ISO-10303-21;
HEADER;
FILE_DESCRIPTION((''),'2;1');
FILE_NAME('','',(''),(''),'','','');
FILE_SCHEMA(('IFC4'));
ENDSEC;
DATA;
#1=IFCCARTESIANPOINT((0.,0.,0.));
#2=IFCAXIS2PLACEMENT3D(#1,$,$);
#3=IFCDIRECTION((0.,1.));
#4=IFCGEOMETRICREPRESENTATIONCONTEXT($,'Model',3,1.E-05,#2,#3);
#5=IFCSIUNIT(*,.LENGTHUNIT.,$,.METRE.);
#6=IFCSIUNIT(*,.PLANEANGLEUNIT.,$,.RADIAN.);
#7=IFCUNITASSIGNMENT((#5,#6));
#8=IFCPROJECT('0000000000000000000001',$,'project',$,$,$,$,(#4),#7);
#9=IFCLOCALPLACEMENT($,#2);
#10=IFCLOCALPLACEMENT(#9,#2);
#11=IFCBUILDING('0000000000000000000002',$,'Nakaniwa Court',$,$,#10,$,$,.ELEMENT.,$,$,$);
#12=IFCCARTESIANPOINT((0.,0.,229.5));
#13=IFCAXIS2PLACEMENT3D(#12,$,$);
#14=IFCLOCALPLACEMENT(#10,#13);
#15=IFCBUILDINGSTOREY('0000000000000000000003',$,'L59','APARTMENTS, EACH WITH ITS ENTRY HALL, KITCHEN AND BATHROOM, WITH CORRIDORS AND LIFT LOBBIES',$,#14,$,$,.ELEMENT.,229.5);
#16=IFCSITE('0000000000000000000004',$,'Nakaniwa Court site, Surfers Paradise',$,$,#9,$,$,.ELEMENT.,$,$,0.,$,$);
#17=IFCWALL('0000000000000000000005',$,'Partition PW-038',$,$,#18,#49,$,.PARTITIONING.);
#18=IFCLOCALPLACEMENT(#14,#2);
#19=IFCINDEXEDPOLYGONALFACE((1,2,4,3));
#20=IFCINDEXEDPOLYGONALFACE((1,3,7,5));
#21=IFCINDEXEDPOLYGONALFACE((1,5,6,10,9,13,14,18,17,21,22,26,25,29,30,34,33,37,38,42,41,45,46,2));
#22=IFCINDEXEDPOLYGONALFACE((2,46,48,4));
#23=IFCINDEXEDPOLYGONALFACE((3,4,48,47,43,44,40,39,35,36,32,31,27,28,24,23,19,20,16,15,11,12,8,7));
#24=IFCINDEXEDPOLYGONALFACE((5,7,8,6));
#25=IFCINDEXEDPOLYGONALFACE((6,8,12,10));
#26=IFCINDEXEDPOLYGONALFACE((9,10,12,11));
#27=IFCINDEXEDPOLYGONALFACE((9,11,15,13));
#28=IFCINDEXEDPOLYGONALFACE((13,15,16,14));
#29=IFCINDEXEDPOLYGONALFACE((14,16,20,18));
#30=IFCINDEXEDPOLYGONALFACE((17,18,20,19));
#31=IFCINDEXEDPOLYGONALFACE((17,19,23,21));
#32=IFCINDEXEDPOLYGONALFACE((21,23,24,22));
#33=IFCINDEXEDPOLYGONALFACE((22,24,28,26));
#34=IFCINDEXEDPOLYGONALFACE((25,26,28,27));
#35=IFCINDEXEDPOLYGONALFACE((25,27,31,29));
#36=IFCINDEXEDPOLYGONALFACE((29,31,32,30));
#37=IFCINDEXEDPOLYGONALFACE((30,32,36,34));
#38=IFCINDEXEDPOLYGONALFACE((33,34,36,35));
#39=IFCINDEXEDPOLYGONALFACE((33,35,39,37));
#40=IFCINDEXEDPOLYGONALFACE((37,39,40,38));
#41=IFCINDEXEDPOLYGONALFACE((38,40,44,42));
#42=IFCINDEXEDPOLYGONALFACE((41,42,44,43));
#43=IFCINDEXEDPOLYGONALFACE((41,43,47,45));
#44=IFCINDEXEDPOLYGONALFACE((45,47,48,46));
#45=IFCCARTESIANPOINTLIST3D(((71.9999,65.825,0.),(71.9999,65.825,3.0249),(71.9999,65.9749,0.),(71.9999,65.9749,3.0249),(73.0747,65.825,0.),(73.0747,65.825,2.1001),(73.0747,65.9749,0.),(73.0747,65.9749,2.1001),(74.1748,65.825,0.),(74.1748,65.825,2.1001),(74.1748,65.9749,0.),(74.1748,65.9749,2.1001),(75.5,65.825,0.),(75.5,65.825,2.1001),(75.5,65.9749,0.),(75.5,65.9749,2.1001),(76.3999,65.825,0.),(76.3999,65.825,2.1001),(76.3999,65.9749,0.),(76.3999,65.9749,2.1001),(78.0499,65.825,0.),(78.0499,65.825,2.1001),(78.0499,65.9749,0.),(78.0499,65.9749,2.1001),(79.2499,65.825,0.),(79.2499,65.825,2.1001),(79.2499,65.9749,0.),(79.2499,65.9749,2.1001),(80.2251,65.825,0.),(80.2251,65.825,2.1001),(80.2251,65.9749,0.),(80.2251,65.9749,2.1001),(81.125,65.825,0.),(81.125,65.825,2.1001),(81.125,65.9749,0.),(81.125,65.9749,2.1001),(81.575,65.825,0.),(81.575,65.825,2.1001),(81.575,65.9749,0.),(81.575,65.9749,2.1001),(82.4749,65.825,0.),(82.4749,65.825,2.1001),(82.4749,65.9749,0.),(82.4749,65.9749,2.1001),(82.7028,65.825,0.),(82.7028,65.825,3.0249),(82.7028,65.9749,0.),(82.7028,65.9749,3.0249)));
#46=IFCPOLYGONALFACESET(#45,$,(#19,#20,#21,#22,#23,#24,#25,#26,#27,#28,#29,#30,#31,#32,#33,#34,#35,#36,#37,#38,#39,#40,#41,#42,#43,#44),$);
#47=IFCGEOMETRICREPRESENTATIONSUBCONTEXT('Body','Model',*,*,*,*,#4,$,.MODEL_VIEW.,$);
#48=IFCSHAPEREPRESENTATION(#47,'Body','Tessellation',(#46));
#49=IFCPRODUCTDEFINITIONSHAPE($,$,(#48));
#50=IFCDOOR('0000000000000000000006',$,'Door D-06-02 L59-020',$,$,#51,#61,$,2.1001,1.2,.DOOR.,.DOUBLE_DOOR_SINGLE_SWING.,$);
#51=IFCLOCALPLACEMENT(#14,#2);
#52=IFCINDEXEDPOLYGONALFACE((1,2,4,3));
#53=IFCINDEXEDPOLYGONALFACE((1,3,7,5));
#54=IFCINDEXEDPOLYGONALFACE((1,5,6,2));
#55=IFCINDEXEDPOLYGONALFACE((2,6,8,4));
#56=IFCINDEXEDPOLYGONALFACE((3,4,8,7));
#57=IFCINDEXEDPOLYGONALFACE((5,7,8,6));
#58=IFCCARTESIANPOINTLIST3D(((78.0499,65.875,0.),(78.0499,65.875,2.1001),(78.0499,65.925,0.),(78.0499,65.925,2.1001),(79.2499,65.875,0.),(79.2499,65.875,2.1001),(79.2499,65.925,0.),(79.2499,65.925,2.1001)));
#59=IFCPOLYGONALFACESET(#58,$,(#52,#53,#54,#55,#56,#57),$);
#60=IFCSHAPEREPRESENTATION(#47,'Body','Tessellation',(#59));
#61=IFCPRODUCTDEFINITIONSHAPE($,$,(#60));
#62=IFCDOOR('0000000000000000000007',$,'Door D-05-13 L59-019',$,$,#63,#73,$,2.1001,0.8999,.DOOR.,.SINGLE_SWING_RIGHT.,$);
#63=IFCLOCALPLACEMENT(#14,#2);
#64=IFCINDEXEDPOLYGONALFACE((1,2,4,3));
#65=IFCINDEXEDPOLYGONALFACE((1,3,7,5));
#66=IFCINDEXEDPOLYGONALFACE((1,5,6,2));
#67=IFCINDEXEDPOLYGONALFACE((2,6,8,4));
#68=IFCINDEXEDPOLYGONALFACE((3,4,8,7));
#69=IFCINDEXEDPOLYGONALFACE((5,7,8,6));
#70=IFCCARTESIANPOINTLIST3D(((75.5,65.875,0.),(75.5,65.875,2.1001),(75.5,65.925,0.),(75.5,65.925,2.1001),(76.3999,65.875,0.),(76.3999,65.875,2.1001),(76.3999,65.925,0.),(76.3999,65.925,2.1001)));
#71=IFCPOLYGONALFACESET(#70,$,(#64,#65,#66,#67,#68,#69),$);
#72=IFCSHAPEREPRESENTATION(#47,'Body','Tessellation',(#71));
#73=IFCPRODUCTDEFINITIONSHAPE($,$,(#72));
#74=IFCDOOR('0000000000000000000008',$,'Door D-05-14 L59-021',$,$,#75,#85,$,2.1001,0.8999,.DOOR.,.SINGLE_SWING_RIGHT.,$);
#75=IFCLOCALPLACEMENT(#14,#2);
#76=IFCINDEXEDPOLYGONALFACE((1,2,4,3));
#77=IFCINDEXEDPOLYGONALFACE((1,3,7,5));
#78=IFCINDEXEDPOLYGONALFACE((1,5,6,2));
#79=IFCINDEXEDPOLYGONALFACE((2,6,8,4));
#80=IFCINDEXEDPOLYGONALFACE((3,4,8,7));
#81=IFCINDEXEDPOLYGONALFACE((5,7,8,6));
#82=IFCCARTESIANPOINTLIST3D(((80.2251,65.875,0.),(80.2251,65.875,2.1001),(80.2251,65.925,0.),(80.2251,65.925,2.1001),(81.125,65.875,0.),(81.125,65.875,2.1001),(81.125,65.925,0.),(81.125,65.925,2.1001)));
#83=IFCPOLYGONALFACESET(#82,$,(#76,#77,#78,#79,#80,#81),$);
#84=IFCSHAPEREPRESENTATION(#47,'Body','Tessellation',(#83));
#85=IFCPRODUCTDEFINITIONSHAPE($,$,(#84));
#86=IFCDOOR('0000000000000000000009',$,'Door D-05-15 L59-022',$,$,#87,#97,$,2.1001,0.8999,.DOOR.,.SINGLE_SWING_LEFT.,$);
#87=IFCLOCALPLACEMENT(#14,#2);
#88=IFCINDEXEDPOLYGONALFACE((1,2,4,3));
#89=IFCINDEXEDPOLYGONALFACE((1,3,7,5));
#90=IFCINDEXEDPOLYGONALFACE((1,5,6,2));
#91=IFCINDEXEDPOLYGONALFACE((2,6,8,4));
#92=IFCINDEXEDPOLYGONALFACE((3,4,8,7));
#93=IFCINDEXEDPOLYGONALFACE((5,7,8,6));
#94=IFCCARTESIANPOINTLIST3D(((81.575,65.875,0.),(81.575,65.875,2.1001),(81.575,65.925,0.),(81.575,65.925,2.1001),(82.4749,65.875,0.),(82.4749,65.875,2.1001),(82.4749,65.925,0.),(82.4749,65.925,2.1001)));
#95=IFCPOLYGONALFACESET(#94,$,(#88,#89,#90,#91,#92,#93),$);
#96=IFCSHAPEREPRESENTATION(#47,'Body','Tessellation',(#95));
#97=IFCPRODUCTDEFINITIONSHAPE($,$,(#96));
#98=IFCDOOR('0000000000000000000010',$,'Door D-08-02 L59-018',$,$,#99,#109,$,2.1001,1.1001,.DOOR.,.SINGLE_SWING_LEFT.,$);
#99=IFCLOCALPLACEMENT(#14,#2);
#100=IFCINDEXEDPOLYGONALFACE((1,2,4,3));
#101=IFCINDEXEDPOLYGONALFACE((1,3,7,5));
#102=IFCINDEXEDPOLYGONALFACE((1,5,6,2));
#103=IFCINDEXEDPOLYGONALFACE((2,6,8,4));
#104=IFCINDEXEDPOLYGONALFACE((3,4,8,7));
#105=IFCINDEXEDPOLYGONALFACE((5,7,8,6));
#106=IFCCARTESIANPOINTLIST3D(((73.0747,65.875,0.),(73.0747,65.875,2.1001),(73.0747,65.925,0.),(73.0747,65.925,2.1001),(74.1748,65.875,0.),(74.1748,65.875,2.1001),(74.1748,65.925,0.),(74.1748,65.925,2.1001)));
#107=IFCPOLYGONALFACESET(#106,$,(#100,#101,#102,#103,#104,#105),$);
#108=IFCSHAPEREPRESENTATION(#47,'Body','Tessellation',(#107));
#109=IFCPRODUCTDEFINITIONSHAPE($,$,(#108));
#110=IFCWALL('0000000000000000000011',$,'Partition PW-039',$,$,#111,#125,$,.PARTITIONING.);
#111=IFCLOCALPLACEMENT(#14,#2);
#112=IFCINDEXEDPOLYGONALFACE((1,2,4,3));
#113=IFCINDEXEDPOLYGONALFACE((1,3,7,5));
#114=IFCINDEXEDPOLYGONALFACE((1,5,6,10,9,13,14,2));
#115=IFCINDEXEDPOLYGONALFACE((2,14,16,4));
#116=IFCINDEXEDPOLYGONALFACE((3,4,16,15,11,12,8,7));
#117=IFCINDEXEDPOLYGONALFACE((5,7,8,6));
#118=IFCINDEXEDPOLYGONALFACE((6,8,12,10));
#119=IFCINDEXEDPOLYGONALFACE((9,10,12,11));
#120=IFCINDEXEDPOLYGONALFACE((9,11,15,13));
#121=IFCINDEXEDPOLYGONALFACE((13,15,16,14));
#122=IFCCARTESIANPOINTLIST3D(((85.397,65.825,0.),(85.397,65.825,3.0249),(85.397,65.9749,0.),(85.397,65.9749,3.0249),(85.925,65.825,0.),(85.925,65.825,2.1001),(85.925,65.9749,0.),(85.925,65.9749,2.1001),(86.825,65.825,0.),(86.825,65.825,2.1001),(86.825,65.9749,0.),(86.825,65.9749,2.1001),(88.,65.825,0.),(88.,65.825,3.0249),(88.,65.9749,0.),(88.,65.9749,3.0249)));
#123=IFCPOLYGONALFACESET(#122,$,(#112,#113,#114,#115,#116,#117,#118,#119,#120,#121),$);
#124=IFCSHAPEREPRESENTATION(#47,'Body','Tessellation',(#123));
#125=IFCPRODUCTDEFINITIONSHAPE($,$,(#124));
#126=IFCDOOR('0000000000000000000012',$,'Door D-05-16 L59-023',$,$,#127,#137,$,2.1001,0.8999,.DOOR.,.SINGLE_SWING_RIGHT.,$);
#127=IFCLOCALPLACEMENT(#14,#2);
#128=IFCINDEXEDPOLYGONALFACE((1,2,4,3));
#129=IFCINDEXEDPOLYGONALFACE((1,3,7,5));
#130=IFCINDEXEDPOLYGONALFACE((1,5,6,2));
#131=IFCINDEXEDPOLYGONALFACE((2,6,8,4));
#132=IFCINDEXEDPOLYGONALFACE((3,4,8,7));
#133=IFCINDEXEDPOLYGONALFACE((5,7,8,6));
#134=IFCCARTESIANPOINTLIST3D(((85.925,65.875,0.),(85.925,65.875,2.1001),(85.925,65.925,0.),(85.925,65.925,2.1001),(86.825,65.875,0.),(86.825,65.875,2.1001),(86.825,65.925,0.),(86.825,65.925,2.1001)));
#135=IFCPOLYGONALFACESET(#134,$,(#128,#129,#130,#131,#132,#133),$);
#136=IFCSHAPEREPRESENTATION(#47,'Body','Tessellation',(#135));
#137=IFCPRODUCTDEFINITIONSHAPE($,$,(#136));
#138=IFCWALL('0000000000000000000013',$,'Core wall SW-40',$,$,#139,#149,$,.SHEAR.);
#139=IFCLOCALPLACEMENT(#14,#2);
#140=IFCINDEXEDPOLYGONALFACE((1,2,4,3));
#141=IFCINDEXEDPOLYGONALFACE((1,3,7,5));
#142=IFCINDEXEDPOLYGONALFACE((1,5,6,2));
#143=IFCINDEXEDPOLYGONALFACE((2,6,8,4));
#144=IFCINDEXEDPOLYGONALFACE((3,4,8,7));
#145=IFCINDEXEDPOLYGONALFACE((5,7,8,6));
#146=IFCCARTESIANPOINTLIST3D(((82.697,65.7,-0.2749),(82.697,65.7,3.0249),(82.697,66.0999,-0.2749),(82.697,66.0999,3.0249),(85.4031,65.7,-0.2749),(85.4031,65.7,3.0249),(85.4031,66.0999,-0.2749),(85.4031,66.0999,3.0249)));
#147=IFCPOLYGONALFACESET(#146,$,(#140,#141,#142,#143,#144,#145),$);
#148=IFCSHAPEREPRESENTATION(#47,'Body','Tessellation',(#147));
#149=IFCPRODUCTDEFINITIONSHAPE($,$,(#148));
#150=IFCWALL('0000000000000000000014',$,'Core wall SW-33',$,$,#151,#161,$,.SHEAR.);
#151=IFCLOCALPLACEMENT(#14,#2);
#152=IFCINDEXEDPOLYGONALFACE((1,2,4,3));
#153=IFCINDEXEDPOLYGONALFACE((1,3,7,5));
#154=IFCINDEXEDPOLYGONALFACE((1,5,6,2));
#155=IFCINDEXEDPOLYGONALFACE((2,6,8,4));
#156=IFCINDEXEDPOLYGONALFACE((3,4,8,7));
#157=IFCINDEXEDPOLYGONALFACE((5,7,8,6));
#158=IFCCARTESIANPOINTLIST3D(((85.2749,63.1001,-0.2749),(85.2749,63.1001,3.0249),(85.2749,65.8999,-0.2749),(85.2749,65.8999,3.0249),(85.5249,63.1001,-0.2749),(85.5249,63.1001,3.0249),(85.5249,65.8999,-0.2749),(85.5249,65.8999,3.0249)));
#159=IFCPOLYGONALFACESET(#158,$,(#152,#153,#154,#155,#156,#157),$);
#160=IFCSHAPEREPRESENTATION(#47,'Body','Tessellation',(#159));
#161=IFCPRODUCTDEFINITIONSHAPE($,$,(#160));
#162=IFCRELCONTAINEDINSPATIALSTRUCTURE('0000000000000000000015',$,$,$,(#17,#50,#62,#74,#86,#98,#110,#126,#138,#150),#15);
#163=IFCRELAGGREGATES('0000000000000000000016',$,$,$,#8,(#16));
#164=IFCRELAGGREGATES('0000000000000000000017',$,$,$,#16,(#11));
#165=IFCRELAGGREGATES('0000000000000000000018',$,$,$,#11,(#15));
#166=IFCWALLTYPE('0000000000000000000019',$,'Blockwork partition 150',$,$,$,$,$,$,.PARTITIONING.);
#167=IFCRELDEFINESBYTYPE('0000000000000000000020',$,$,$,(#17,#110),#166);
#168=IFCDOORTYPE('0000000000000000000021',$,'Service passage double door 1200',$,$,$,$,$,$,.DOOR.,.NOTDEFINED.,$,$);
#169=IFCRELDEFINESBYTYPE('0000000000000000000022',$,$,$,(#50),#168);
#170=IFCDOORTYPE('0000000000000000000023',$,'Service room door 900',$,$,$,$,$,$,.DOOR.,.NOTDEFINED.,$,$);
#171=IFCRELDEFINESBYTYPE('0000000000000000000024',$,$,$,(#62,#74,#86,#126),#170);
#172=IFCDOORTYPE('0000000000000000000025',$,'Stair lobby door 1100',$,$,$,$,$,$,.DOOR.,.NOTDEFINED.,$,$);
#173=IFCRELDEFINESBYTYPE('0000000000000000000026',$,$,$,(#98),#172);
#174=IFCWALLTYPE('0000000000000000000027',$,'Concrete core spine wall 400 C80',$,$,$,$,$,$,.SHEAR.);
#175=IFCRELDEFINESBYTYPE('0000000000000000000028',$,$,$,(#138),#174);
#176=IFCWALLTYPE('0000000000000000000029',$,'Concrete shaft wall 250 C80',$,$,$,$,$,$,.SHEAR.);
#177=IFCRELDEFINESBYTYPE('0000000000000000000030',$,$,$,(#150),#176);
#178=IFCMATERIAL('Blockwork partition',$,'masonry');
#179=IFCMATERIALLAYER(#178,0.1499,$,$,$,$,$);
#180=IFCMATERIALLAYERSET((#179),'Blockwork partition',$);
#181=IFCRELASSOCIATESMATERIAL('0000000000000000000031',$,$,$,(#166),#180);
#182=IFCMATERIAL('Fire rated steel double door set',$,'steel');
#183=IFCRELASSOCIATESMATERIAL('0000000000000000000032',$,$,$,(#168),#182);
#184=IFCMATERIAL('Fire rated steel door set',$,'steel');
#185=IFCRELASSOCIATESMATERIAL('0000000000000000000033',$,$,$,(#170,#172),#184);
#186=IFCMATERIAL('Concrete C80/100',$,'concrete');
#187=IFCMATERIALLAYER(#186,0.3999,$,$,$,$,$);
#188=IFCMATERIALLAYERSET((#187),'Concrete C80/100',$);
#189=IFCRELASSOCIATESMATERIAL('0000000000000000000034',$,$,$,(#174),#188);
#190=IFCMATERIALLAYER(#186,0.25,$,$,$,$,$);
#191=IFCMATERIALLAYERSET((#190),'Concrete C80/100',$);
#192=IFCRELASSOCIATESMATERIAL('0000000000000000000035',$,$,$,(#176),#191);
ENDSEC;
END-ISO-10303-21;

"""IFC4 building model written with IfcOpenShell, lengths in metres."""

from ifc_helpers import new_model, si_unit, direction, frame, frame_2d, origin, place, context, subcontext, project, spatial, rectangle, extrude, material, layer, layer_set, type_object, element, fill, save


model = new_model("IFC4")

# Units and contexts
model_context = context("Model", 3, precision=1e-05, world=origin(), true_north=direction((0.0, 1.0)))
body_context = subcontext(model_context, "Body", "Model", "MODEL_VIEW")
ifc_project = project(units=[si_unit("LENGTHUNIT", "METRE"), si_unit("PLANEANGLEUNIT", "RADIAN")], contexts=[model_context])

# Site, building, storey
site_placement = place(None, origin())
site = spatial("IfcSite", under=ifc_project, at=site_placement, Name="Nakaniwa Court site, Surfers Paradise", CompositionType="ELEMENT", RefElevation=0.0)
building_placement = place(site_placement, origin())
building = spatial("IfcBuilding", under=site, at=building_placement, Name="Nakaniwa Court", CompositionType="ELEMENT")
storey_placement = place(building_placement, frame((0.0, 0.0, 229.5)))
storey = spatial("IfcBuildingStorey", under=building, at=storey_placement, Name="L59", Description="APARTMENTS, EACH WITH ITS ENTRY HALL, KITCHEN AND BATHROOM, WITH CORRIDORS AND LIFT LOBBIES", CompositionType="ELEMENT", Elevation=229.5)

# Shared definitions
ifc_material_1 = material(Name="Concrete C80/100", Category="concrete")

# Shared definitions
ifc_material_2 = material(Name="Blockwork partition", Category="masonry")
ifc_layer_1 = layer(ifc_material_2, 0.1499)
ifc_layer_set_1 = layer_set([ifc_layer_1], Name="Blockwork partition")
wall_type_1 = type_object("IfcWallType", Name="Blockwork partition 150", PredefinedType="PARTITIONING", material=ifc_layer_set_1)

# Wall, openings, doors
wall_1_placement = place(storey_placement, frame((82.7029, 65.8999, 0.0), z_axis=(0.0, 0.0, 1.0), x_axis=(-1.0, 0.0, 0.0)))
wall_1 = element("IfcWall", 1, at=wall_1_placement, inside=storey, type_object=wall_type_1, Name="Partition PW-038", PredefinedType="PARTITIONING", context=body_context, shape_type="SweptSolid", body=[
    extrude(rectangle(XDim=10.7029, YDim=0.1499, at=frame_2d((5.3516, 0.0))), origin(), (0.0, 0.0, 1.0), 3.0249),
])
opening_1_placement = place(wall_1_placement, frame((8.5281, 0.0, 0.0)))
opening_1 = element("IfcOpeningElement", 2, at=opening_1_placement, cuts=wall_1, PredefinedType="OPENING", context=body_context, shape_type="SweptSolid", body=[
    extrude(rectangle(XDim=1.1001, YDim=2.1001, at=frame_2d((0.55, 1.05))), frame((0.0, 0.085, 0.0), z_axis=(0.0, -1.0, 0.0), x_axis=(1.0, 0.0, 0.0)), (0.0, 0.0, 1.0), 0.1699),
])
opening_2_placement = place(wall_1_placement, frame((6.303, 0.0, 0.0)))
opening_2 = element("IfcOpeningElement", 3, at=opening_2_placement, cuts=wall_1, PredefinedType="OPENING", context=body_context, shape_type="SweptSolid", body=[
    extrude(rectangle(XDim=0.8999, YDim=2.1001, at=frame_2d((0.45, 1.05))), frame((0.0, 0.085, 0.0), z_axis=(0.0, -1.0, 0.0), x_axis=(1.0, 0.0, 0.0)), (0.0, 0.0, 1.0), 0.1699),
])
opening_3_placement = place(wall_1_placement, frame((3.4529, 0.0, 0.0)))
opening_3 = element("IfcOpeningElement", 4, at=opening_3_placement, cuts=wall_1, PredefinedType="OPENING", context=body_context, shape_type="SweptSolid", body=[
    extrude(rectangle(XDim=1.2, YDim=2.1001, at=frame_2d((0.6001, 1.05))), frame((0.0, 0.085, 0.0), z_axis=(0.0, -1.0, 0.0), x_axis=(1.0, 0.0, 0.0)), (0.0, 0.0, 1.0), 0.1699),
])
opening_4_placement = place(wall_1_placement, frame((1.5779, 0.0, 0.0)))
opening_4 = element("IfcOpeningElement", 5, at=opening_4_placement, cuts=wall_1, PredefinedType="OPENING", context=body_context, shape_type="SweptSolid", body=[
    extrude(rectangle(XDim=0.8999, YDim=2.1001, at=frame_2d((0.45, 1.05))), frame((0.0, 0.085, 0.0), z_axis=(0.0, -1.0, 0.0), x_axis=(1.0, 0.0, 0.0)), (0.0, 0.0, 1.0), 0.1699),
])
opening_5_placement = place(wall_1_placement, frame((0.228, 0.0, 0.0)))
opening_5 = element("IfcOpeningElement", 6, at=opening_5_placement, cuts=wall_1, PredefinedType="OPENING", context=body_context, shape_type="SweptSolid", body=[
    extrude(rectangle(XDim=0.8999, YDim=2.1001, at=frame_2d((0.45, 1.05))), frame((0.0, 0.085, 0.0), z_axis=(0.0, -1.0, 0.0), x_axis=(1.0, 0.0, 0.0)), (0.0, 0.0, 1.0), 0.1699),
])
ifc_material_3 = material(Name="Fire rated steel double door set", Category="steel")
door_type_1 = type_object("IfcDoorType", Name="Service passage double door 1200", OperationType="NOTDEFINED", PredefinedType="DOOR", material=ifc_material_3)
door_1_placement = place(opening_3_placement, origin())
door_1 = element("IfcDoor", 7, at=door_1_placement, inside=storey, type_object=door_type_1, Name="Door D-06-02 L59-020", OperationType="DOUBLE_DOOR_SINGLE_SWING", OverallHeight=2.1001, OverallWidth=1.2, PredefinedType="DOOR", context=body_context, shape_type="SweptSolid", body=[
    extrude(rectangle(XDim=1.2, YDim=2.1001, at=frame_2d((0.6001, 1.05))), frame((0.0, 0.0249, 0.0), z_axis=(0.0, -1.0, 0.0), x_axis=(1.0, 0.0, 0.0)), (0.0, 0.0, 1.0), 0.05),
])
fill(opening_3, door_1)
ifc_material_4 = material(Name="Fire rated steel door set", Category="steel")
door_type_2 = type_object("IfcDoorType", Name="Service room door 900", OperationType="NOTDEFINED", PredefinedType="DOOR", material=ifc_material_4)
door_2_placement = place(opening_2_placement, origin())
door_2 = element("IfcDoor", 8, at=door_2_placement, inside=storey, type_object=door_type_2, Name="Door D-05-13 L59-019", OperationType="SINGLE_SWING_RIGHT", OverallHeight=2.1001, OverallWidth=0.8999, PredefinedType="DOOR", context=body_context, shape_type="SweptSolid", body=[
    extrude(rectangle(XDim=0.8999, YDim=2.1001, at=frame_2d((0.45, 1.05))), frame((0.0, 0.0249, 0.0), z_axis=(0.0, -1.0, 0.0), x_axis=(1.0, 0.0, 0.0)), (0.0, 0.0, 1.0), 0.05),
])
fill(opening_2, door_2)
door_3_placement = place(opening_4_placement, origin())
door_3 = element("IfcDoor", 9, at=door_3_placement, inside=storey, type_object=door_type_2, Name="Door D-05-14 L59-021", OperationType="SINGLE_SWING_RIGHT", OverallHeight=2.1001, OverallWidth=0.8999, PredefinedType="DOOR", context=body_context, shape_type="SweptSolid", body=[
    extrude(rectangle(XDim=0.8999, YDim=2.1001, at=frame_2d((0.45, 1.05))), frame((0.0, 0.0249, 0.0), z_axis=(0.0, -1.0, 0.0), x_axis=(1.0, 0.0, 0.0)), (0.0, 0.0, 1.0), 0.05),
])
fill(opening_4, door_3)
door_4_placement = place(opening_5_placement, origin())
door_4 = element("IfcDoor", 10, at=door_4_placement, inside=storey, type_object=door_type_2, Name="Door D-05-15 L59-022", OperationType="SINGLE_SWING_LEFT", OverallHeight=2.1001, OverallWidth=0.8999, PredefinedType="DOOR", context=body_context, shape_type="SweptSolid", body=[
    extrude(rectangle(XDim=0.8999, YDim=2.1001, at=frame_2d((0.45, 1.05))), frame((0.0, 0.0249, 0.0), z_axis=(0.0, -1.0, 0.0), x_axis=(1.0, 0.0, 0.0)), (0.0, 0.0, 1.0), 0.05),
])
fill(opening_5, door_4)
door_type_3 = type_object("IfcDoorType", Name="Stair lobby door 1100", OperationType="NOTDEFINED", PredefinedType="DOOR", material=ifc_material_4)
door_5_placement = place(opening_1_placement, origin())
door_5 = element("IfcDoor", 11, at=door_5_placement, inside=storey, type_object=door_type_3, Name="Door D-08-02 L59-018", OperationType="SINGLE_SWING_LEFT", OverallHeight=2.1001, OverallWidth=1.1001, PredefinedType="DOOR", context=body_context, shape_type="SweptSolid", body=[
    extrude(rectangle(XDim=1.1001, YDim=2.1001, at=frame_2d((0.55, 1.05))), frame((0.0, 0.0249, 0.0), z_axis=(0.0, -1.0, 0.0), x_axis=(1.0, 0.0, 0.0)), (0.0, 0.0, 1.0), 0.05),
])
fill(opening_1, door_5)

# Wall, opening, door
wall_2_placement = place(storey_placement, frame((88.0, 65.8999, 0.0), z_axis=(0.0, 0.0, 1.0), x_axis=(-1.0, 0.0, 0.0)))
wall_2 = element("IfcWall", 12, at=wall_2_placement, inside=storey, type_object=wall_type_1, Name="Partition PW-039", PredefinedType="PARTITIONING", context=body_context, shape_type="SweptSolid", body=[
    extrude(rectangle(XDim=2.603, YDim=0.1499, at=frame_2d((1.3015, 0.0))), origin(), (0.0, 0.0, 1.0), 3.0249),
])
opening_6_placement = place(wall_2_placement, frame((1.175, 0.0, 0.0)))
opening_6 = element("IfcOpeningElement", 13, at=opening_6_placement, cuts=wall_2, PredefinedType="OPENING", context=body_context, shape_type="SweptSolid", body=[
    extrude(rectangle(XDim=0.8999, YDim=2.1001, at=frame_2d((0.45, 1.05))), frame((0.0, 0.085, 0.0), z_axis=(0.0, -1.0, 0.0), x_axis=(1.0, 0.0, 0.0)), (0.0, 0.0, 1.0), 0.1699),
])
door_6_placement = place(opening_6_placement, origin())
door_6 = element("IfcDoor", 14, at=door_6_placement, inside=storey, type_object=door_type_2, Name="Door D-05-16 L59-023", OperationType="SINGLE_SWING_RIGHT", OverallHeight=2.1001, OverallWidth=0.8999, PredefinedType="DOOR", context=body_context, shape_type="SweptSolid", body=[
    extrude(rectangle(XDim=0.8999, YDim=2.1001, at=frame_2d((0.45, 1.05))), frame((0.0, 0.0249, 0.0), z_axis=(0.0, -1.0, 0.0), x_axis=(1.0, 0.0, 0.0)), (0.0, 0.0, 1.0), 0.05),
])
fill(opening_6, door_6)

# Walls
ifc_layer_2 = layer(ifc_material_1, 0.3999)
ifc_layer_set_2 = layer_set([ifc_layer_2], Name="Concrete C80/100")
wall_type_2 = type_object("IfcWallType", Name="Concrete core spine wall 400 C80", PredefinedType="SHEAR", material=ifc_layer_set_2)
wall_3_placement = place(storey_placement, frame((82.697, 65.8999, -0.2749), z_axis=(0.0, 0.0, 1.0), x_axis=(1.0, 0.0, 0.0)))
element("IfcWall", 15, at=wall_3_placement, inside=storey, type_object=wall_type_2, Name="Core wall SW-40", PredefinedType="SHEAR", context=body_context, shape_type="SweptSolid", body=[
    extrude(rectangle(XDim=2.7061, YDim=0.3999, at=frame_2d((1.353, 0.0))), origin(), (0.0, 0.0, 1.0), 3.2998),
])
ifc_layer_3 = layer(ifc_material_1, 0.25)
ifc_layer_set_3 = layer_set([ifc_layer_3], Name="Concrete C80/100")
wall_type_3 = type_object("IfcWallType", Name="Concrete shaft wall 250 C80", PredefinedType="SHEAR", material=ifc_layer_set_3)
wall_4_placement = place(storey_placement, frame((85.3999, 63.1001, -0.2749), z_axis=(0.0, 0.0, 1.0), x_axis=(0.0, 1.0, 0.0)))
element("IfcWall", 16, at=wall_4_placement, inside=storey, type_object=wall_type_3, Name="Core wall SW-33", PredefinedType="SHEAR", context=body_context, shape_type="SweptSolid", body=[
    extrude(rectangle(XDim=2.7998, YDim=0.25, at=frame_2d((1.3999, 0.0))), origin(), (0.0, 0.0, 1.0), 3.2998),
])

save(model, "model.ifc")
